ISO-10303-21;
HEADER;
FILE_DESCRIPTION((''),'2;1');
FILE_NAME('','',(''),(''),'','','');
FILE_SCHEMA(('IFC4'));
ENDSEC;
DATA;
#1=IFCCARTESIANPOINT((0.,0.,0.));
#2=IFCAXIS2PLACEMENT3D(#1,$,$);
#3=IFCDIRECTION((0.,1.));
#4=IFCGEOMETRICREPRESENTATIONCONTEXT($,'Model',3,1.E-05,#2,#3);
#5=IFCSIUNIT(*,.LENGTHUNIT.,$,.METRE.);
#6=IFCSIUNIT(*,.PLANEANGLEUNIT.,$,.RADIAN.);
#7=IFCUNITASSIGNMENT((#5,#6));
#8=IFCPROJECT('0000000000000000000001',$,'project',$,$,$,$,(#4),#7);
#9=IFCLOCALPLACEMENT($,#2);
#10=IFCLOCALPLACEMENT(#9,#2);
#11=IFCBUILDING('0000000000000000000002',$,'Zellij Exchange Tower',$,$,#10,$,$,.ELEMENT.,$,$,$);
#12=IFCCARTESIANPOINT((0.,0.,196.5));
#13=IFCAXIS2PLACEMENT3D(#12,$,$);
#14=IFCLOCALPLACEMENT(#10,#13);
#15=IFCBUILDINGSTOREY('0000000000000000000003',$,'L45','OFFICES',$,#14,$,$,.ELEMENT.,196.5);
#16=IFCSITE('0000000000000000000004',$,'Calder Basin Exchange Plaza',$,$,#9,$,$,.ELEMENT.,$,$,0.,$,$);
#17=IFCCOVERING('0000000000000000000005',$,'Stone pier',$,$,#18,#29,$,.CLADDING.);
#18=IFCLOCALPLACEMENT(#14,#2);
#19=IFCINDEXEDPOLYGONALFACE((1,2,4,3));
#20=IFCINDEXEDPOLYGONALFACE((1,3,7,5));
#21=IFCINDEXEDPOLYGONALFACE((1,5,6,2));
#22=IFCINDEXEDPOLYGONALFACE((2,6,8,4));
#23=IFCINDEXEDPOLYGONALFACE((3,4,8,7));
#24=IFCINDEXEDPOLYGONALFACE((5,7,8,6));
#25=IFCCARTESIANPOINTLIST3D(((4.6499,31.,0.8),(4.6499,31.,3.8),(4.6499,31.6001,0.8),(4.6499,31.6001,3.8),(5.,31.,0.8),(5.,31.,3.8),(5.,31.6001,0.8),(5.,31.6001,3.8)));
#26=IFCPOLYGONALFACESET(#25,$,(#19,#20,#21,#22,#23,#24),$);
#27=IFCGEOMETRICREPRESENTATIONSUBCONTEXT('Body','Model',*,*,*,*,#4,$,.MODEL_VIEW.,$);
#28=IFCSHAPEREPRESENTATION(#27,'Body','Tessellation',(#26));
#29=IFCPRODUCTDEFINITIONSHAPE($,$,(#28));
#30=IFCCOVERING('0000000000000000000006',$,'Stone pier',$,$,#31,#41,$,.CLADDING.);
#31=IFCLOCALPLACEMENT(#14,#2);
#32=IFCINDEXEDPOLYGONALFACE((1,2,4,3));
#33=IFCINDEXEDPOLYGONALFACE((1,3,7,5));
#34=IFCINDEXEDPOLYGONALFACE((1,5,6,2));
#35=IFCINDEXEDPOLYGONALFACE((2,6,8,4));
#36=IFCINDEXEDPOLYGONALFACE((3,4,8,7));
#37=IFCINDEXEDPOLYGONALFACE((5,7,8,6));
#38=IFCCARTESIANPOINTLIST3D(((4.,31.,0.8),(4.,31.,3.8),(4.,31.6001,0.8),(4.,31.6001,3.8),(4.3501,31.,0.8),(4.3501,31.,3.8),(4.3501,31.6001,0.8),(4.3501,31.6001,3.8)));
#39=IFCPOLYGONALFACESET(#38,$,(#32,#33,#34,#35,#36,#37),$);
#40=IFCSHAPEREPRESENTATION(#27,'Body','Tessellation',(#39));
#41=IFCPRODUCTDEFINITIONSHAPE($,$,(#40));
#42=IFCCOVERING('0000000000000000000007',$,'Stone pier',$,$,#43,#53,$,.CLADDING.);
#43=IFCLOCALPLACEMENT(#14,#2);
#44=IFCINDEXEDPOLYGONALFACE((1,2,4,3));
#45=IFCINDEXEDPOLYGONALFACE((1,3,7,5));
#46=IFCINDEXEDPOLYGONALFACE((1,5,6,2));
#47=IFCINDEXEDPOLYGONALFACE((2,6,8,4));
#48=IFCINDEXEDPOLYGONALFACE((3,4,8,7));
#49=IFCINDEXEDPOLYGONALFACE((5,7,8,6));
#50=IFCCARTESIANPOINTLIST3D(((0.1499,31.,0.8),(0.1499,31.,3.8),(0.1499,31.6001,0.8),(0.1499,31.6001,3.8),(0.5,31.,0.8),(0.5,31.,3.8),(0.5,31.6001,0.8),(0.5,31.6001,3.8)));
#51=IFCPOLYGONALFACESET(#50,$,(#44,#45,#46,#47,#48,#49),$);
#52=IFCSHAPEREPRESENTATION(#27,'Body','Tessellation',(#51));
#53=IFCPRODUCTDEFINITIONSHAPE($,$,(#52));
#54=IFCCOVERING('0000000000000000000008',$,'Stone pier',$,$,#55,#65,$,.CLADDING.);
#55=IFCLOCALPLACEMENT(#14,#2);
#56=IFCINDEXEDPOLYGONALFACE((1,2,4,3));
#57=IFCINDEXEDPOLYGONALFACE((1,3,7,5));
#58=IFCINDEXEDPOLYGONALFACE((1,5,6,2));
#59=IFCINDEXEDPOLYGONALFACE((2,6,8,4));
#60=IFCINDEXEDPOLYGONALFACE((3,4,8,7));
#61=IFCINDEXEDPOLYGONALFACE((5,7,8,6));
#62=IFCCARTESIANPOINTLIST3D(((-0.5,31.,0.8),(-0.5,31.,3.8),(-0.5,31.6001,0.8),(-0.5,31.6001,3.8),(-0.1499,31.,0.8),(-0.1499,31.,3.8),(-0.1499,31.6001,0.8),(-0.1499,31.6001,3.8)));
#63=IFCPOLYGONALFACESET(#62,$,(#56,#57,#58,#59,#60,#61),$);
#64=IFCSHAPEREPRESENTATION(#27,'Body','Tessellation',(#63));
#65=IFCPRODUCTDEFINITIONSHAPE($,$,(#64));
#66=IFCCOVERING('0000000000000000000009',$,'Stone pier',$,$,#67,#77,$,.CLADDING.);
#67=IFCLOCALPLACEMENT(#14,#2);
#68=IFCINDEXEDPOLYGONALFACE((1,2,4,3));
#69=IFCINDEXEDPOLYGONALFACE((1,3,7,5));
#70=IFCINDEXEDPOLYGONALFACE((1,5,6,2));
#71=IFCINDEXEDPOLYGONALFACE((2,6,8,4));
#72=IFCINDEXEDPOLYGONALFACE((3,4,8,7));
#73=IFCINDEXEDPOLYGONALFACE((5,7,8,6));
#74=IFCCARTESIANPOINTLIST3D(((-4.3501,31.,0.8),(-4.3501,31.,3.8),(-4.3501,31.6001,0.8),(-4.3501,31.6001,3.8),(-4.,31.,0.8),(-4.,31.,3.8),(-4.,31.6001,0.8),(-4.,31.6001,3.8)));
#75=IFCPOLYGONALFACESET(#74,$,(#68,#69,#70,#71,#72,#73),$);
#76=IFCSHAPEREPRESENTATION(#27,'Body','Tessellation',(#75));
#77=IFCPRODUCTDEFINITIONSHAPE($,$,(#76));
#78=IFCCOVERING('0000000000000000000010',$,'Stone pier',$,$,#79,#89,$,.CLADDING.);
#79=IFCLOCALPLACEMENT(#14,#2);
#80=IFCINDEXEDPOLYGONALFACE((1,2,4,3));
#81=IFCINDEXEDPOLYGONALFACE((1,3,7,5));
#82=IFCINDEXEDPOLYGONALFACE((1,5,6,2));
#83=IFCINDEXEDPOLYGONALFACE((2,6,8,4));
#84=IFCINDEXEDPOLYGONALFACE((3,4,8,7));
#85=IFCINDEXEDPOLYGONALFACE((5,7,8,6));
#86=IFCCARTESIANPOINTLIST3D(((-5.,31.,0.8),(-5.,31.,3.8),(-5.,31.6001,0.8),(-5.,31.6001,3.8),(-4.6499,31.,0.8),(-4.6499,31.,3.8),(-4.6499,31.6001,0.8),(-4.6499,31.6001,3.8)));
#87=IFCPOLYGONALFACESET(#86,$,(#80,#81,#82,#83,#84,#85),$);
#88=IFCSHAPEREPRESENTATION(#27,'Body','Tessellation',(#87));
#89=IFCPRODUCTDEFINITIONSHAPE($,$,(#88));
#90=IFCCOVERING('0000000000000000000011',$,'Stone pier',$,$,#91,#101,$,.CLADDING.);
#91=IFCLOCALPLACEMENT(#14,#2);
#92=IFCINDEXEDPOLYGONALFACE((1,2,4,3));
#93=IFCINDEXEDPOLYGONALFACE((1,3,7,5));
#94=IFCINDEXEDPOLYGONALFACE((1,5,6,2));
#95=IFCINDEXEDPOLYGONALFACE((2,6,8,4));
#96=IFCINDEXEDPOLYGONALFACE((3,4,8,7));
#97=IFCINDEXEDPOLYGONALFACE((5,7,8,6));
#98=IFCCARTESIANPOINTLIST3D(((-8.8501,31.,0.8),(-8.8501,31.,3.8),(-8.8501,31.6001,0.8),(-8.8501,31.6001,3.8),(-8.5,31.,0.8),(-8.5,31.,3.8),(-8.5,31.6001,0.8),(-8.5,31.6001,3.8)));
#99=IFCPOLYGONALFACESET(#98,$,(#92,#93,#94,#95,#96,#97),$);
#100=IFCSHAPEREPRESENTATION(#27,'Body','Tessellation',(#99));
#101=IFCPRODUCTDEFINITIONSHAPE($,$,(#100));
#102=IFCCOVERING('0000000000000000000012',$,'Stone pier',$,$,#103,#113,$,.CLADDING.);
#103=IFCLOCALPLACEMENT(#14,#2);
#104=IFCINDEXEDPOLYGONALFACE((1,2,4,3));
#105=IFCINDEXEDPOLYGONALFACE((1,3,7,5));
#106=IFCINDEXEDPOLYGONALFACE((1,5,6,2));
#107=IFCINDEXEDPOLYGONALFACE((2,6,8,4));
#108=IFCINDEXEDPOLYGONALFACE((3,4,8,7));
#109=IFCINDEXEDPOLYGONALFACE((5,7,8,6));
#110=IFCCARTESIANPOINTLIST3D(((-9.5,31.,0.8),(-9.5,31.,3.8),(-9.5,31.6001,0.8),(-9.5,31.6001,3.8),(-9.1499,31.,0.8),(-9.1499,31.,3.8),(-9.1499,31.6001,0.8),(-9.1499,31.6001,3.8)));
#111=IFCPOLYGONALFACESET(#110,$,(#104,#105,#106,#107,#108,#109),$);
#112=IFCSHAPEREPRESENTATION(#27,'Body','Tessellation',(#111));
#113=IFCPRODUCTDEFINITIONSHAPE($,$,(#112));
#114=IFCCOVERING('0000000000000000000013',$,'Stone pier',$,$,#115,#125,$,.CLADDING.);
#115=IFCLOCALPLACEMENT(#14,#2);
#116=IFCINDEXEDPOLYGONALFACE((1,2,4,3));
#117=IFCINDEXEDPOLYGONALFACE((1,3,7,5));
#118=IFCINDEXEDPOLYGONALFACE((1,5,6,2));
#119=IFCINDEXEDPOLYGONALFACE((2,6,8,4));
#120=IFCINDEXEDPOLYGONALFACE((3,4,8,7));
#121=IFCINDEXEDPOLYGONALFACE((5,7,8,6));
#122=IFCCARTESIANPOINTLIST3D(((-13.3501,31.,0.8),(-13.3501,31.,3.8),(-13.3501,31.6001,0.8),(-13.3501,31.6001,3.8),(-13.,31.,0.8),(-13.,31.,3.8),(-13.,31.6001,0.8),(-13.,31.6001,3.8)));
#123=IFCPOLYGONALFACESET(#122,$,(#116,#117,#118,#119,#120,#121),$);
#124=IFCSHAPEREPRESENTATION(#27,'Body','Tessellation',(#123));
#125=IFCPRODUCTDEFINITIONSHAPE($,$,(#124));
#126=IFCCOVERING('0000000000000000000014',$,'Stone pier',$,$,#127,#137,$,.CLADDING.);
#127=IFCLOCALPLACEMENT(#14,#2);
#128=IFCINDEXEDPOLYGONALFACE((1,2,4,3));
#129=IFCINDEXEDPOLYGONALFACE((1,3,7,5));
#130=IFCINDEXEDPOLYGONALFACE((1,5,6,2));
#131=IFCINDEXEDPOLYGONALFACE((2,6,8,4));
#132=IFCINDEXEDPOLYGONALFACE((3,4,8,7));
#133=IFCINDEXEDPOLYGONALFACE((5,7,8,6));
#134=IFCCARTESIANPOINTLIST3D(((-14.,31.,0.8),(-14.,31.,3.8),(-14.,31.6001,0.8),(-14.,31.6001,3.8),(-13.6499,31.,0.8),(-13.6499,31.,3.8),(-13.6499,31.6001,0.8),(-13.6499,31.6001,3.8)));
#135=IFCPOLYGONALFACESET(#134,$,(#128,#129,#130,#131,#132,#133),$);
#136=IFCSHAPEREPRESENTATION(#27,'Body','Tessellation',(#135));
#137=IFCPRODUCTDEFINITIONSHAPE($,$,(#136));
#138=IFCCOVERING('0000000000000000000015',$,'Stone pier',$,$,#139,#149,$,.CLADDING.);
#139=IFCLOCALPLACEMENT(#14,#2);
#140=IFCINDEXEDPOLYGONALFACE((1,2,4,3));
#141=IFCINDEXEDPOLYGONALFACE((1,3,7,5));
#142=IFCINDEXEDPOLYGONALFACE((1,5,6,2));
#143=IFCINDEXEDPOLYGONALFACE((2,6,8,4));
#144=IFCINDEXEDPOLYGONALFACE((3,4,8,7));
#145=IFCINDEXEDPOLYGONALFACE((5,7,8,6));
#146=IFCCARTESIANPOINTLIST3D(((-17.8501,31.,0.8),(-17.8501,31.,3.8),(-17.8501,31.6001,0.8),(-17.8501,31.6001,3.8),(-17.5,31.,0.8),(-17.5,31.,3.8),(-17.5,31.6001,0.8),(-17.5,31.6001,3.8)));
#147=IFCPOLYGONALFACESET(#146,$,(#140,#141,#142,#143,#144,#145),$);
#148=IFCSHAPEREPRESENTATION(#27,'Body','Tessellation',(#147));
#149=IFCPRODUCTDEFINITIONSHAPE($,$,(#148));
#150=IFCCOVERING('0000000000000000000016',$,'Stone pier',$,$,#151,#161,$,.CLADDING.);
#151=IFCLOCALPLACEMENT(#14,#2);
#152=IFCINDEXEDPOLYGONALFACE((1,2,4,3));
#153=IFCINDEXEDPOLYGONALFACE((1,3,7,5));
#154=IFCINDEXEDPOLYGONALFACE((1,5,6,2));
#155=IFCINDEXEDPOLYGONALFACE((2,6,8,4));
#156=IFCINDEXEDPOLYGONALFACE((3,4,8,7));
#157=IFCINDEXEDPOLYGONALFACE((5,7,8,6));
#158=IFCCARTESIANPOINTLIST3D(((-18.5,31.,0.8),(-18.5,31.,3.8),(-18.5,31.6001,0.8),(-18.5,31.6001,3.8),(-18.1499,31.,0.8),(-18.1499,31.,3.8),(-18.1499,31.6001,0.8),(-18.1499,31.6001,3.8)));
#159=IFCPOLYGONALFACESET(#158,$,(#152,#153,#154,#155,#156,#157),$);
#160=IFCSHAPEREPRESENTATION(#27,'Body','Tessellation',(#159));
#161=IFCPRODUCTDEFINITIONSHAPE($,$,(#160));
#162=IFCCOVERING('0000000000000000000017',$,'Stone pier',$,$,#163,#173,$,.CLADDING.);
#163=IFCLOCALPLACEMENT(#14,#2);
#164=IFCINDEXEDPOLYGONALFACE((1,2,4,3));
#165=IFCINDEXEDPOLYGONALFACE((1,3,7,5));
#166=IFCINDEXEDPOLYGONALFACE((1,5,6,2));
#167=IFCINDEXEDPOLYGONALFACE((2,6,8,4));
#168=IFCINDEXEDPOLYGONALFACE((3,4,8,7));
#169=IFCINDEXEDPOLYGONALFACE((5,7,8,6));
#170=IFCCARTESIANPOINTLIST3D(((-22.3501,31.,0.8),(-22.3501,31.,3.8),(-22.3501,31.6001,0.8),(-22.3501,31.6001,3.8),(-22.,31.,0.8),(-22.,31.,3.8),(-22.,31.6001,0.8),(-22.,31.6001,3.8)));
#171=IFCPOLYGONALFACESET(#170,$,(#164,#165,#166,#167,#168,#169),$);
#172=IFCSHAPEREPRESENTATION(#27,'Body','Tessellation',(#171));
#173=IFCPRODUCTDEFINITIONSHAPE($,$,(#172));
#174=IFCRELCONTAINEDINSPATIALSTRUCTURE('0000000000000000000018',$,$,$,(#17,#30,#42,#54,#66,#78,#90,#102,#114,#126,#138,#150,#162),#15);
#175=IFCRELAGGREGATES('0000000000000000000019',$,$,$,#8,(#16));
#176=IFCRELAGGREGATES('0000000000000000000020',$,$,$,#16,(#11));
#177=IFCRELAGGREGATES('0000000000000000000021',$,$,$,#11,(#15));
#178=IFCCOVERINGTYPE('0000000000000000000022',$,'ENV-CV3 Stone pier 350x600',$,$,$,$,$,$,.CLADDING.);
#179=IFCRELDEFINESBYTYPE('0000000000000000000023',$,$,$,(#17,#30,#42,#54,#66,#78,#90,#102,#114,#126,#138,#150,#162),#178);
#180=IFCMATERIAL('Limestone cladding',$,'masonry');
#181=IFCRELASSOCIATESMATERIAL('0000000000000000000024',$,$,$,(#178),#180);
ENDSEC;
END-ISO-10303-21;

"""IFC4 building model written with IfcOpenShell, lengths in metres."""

from ifc_helpers import new_model, si_unit, direction, frame, origin, place, context, subcontext, project, spatial, polyline, outline, extrude, material, type_object, element, save


model = new_model("IFC4")

# Units and contexts
model_context = context("Model", 3, precision=1e-05, world=origin(), true_north=direction((0.0, 1.0)))
body_context = subcontext(model_context, "Body", "Model", "MODEL_VIEW")
ifc_project = project(units=[si_unit("LENGTHUNIT", "METRE"), si_unit("PLANEANGLEUNIT", "RADIAN")], contexts=[model_context])

# Site, building, storey
site_placement = place(None, origin())
site = spatial("IfcSite", under=ifc_project, at=site_placement, Name="Calder Basin Exchange Plaza", CompositionType="ELEMENT", RefElevation=0.0)
building_placement = place(site_placement, origin())
building = spatial("IfcBuilding", under=site, at=building_placement, Name="Zellij Exchange Tower", CompositionType="ELEMENT")
storey_placement = place(building_placement, frame((0.0, 0.0, 196.5)))
storey = spatial("IfcBuildingStorey", under=building, at=storey_placement, Name="L45", Description="OFFICES", CompositionType="ELEMENT", Elevation=196.5)

# Coverings
ifc_material = material(Name="Limestone cladding", Category="masonry")
covering_type = type_object("IfcCoveringType", Name="ENV-CV3 Stone pier 350x600", PredefinedType="CLADDING", material=ifc_material)
covering_1_placement = place(storey_placement, frame((0.0, 0.0, 0.8)))
element("IfcCovering", 1, at=covering_1_placement, inside=storey, type_object=covering_type, Name="Stone pier", PredefinedType="CLADDING", context=body_context, shape_type="SweptSolid", body=[
    extrude(outline(polyline([(5.0, 31.0), (4.6499, 31.0), (4.6499, 31.6001), (5.0, 31.6001), (5.0, 31.0)])), origin(), (0.0, 0.0, 1.0), 3.0),
])
covering_2_placement = place(storey_placement, frame((0.0, 0.0, 0.8)))
element("IfcCovering", 2, at=covering_2_placement, inside=storey, type_object=covering_type, Name="Stone pier", PredefinedType="CLADDING", context=body_context, shape_type="SweptSolid", body=[
    extrude(outline(polyline([(4.3501, 31.0), (4.0, 31.0), (4.0, 31.6001), (4.3501, 31.6001), (4.3501, 31.0)])), origin(), (0.0, 0.0, 1.0), 3.0),
])
covering_3_placement = place(storey_placement, frame((0.0, 0.0, 0.8)))
element("IfcCovering", 3, at=covering_3_placement, inside=storey, type_object=covering_type, Name="Stone pier", PredefinedType="CLADDING", context=body_context, shape_type="SweptSolid", body=[
    extrude(outline(polyline([(0.5, 31.0), (0.1499, 31.0), (0.1499, 31.6001), (0.5, 31.6001), (0.5, 31.0)])), origin(), (0.0, 0.0, 1.0), 3.0),
])
covering_4_placement = place(storey_placement, frame((0.0, 0.0, 0.8)))
element("IfcCovering", 4, at=covering_4_placement, inside=storey, type_object=covering_type, Name="Stone pier", PredefinedType="CLADDING", context=body_context, shape_type="SweptSolid", body=[
    extrude(outline(polyline([(-0.1499, 31.0), (-0.5, 31.0), (-0.5, 31.6001), (-0.1499, 31.6001), (-0.1499, 31.0)])), origin(), (0.0, 0.0, 1.0), 3.0),
])
covering_5_placement = place(storey_placement, frame((0.0, 0.0, 0.8)))
element("IfcCovering", 5, at=covering_5_placement, inside=storey, type_object=covering_type, Name="Stone pier", PredefinedType="CLADDING", context=body_context, shape_type="SweptSolid", body=[
    extrude(outline(polyline([(-4.0, 31.0), (-4.3501, 31.0), (-4.3501, 31.6001), (-4.0, 31.6001), (-4.0, 31.0)])), origin(), (0.0, 0.0, 1.0), 3.0),
])
covering_6_placement = place(storey_placement, frame((0.0, 0.0, 0.8)))
element("IfcCovering", 6, at=covering_6_placement, inside=storey, type_object=covering_type, Name="Stone pier", PredefinedType="CLADDING", context=body_context, shape_type="SweptSolid", body=[
    extrude(outline(polyline([(-4.6499, 31.0), (-5.0, 31.0), (-5.0, 31.6001), (-4.6499, 31.6001), (-4.6499, 31.0)])), origin(), (0.0, 0.0, 1.0), 3.0),
])
covering_7_placement = place(storey_placement, frame((0.0, 0.0, 0.8)))
element("IfcCovering", 7, at=covering_7_placement, inside=storey, type_object=covering_type, Name="Stone pier", PredefinedType="CLADDING", context=body_context, shape_type="SweptSolid", body=[
    extrude(outline(polyline([(-8.5, 31.0), (-8.8501, 31.0), (-8.8501, 31.6001), (-8.5, 31.6001), (-8.5, 31.0)])), origin(), (0.0, 0.0, 1.0), 3.0),
])
covering_8_placement = place(storey_placement, frame((0.0, 0.0, 0.8)))
element("IfcCovering", 8, at=covering_8_placement, inside=storey, type_object=covering_type, Name="Stone pier", PredefinedType="CLADDING", context=body_context, shape_type="SweptSolid", body=[
    extrude(outline(polyline([(-9.1499, 31.0), (-9.5, 31.0), (-9.5, 31.6001), (-9.1499, 31.6001), (-9.1499, 31.0)])), origin(), (0.0, 0.0, 1.0), 3.0),
])
covering_9_placement = place(storey_placement, frame((0.0, 0.0, 0.8)))
element("IfcCovering", 9, at=covering_9_placement, inside=storey, type_object=covering_type, Name="Stone pier", PredefinedType="CLADDING", context=body_context, shape_type="SweptSolid", body=[
    extrude(outline(polyline([(-13.0, 31.0), (-13.3501, 31.0), (-13.3501, 31.6001), (-13.0, 31.6001), (-13.0, 31.0)])), origin(), (0.0, 0.0, 1.0), 3.0),
])
covering_10_placement = place(storey_placement, frame((0.0, 0.0, 0.8)))
element("IfcCovering", 10, at=covering_10_placement, inside=storey, type_object=covering_type, Name="Stone pier", PredefinedType="CLADDING", context=body_context, shape_type="SweptSolid", body=[
    extrude(outline(polyline([(-13.6499, 31.0), (-14.0, 31.0), (-14.0, 31.6001), (-13.6499, 31.6001), (-13.6499, 31.0)])), origin(), (0.0, 0.0, 1.0), 3.0),
])
covering_11_placement = place(storey_placement, frame((0.0, 0.0, 0.8)))
element("IfcCovering", 11, at=covering_11_placement, inside=storey, type_object=covering_type, Name="Stone pier", PredefinedType="CLADDING", context=body_context, shape_type="SweptSolid", body=[
    extrude(outline(polyline([(-17.5, 31.0), (-17.8501, 31.0), (-17.8501, 31.6001), (-17.5, 31.6001), (-17.5, 31.0)])), origin(), (0.0, 0.0, 1.0), 3.0),
])
covering_12_placement = place(storey_placement, frame((0.0, 0.0, 0.8)))
element("IfcCovering", 12, at=covering_12_placement, inside=storey, type_object=covering_type, Name="Stone pier", PredefinedType="CLADDING", context=body_context, shape_type="SweptSolid", body=[
    extrude(outline(polyline([(-18.1499, 31.0), (-18.5, 31.0), (-18.5, 31.6001), (-18.1499, 31.6001), (-18.1499, 31.0)])), origin(), (0.0, 0.0, 1.0), 3.0),
])
covering_13_placement = place(storey_placement, frame((0.0, 0.0, 0.8)))
element("IfcCovering", 13, at=covering_13_placement, inside=storey, type_object=covering_type, Name="Stone pier", PredefinedType="CLADDING", context=body_context, shape_type="SweptSolid", body=[
    extrude(outline(polyline([(-22.0, 31.0), (-22.3501, 31.0), (-22.3501, 31.6001), (-22.0, 31.6001), (-22.0, 31.0)])), origin(), (0.0, 0.0, 1.0), 3.0),
])

save(model, "model.ifc")
